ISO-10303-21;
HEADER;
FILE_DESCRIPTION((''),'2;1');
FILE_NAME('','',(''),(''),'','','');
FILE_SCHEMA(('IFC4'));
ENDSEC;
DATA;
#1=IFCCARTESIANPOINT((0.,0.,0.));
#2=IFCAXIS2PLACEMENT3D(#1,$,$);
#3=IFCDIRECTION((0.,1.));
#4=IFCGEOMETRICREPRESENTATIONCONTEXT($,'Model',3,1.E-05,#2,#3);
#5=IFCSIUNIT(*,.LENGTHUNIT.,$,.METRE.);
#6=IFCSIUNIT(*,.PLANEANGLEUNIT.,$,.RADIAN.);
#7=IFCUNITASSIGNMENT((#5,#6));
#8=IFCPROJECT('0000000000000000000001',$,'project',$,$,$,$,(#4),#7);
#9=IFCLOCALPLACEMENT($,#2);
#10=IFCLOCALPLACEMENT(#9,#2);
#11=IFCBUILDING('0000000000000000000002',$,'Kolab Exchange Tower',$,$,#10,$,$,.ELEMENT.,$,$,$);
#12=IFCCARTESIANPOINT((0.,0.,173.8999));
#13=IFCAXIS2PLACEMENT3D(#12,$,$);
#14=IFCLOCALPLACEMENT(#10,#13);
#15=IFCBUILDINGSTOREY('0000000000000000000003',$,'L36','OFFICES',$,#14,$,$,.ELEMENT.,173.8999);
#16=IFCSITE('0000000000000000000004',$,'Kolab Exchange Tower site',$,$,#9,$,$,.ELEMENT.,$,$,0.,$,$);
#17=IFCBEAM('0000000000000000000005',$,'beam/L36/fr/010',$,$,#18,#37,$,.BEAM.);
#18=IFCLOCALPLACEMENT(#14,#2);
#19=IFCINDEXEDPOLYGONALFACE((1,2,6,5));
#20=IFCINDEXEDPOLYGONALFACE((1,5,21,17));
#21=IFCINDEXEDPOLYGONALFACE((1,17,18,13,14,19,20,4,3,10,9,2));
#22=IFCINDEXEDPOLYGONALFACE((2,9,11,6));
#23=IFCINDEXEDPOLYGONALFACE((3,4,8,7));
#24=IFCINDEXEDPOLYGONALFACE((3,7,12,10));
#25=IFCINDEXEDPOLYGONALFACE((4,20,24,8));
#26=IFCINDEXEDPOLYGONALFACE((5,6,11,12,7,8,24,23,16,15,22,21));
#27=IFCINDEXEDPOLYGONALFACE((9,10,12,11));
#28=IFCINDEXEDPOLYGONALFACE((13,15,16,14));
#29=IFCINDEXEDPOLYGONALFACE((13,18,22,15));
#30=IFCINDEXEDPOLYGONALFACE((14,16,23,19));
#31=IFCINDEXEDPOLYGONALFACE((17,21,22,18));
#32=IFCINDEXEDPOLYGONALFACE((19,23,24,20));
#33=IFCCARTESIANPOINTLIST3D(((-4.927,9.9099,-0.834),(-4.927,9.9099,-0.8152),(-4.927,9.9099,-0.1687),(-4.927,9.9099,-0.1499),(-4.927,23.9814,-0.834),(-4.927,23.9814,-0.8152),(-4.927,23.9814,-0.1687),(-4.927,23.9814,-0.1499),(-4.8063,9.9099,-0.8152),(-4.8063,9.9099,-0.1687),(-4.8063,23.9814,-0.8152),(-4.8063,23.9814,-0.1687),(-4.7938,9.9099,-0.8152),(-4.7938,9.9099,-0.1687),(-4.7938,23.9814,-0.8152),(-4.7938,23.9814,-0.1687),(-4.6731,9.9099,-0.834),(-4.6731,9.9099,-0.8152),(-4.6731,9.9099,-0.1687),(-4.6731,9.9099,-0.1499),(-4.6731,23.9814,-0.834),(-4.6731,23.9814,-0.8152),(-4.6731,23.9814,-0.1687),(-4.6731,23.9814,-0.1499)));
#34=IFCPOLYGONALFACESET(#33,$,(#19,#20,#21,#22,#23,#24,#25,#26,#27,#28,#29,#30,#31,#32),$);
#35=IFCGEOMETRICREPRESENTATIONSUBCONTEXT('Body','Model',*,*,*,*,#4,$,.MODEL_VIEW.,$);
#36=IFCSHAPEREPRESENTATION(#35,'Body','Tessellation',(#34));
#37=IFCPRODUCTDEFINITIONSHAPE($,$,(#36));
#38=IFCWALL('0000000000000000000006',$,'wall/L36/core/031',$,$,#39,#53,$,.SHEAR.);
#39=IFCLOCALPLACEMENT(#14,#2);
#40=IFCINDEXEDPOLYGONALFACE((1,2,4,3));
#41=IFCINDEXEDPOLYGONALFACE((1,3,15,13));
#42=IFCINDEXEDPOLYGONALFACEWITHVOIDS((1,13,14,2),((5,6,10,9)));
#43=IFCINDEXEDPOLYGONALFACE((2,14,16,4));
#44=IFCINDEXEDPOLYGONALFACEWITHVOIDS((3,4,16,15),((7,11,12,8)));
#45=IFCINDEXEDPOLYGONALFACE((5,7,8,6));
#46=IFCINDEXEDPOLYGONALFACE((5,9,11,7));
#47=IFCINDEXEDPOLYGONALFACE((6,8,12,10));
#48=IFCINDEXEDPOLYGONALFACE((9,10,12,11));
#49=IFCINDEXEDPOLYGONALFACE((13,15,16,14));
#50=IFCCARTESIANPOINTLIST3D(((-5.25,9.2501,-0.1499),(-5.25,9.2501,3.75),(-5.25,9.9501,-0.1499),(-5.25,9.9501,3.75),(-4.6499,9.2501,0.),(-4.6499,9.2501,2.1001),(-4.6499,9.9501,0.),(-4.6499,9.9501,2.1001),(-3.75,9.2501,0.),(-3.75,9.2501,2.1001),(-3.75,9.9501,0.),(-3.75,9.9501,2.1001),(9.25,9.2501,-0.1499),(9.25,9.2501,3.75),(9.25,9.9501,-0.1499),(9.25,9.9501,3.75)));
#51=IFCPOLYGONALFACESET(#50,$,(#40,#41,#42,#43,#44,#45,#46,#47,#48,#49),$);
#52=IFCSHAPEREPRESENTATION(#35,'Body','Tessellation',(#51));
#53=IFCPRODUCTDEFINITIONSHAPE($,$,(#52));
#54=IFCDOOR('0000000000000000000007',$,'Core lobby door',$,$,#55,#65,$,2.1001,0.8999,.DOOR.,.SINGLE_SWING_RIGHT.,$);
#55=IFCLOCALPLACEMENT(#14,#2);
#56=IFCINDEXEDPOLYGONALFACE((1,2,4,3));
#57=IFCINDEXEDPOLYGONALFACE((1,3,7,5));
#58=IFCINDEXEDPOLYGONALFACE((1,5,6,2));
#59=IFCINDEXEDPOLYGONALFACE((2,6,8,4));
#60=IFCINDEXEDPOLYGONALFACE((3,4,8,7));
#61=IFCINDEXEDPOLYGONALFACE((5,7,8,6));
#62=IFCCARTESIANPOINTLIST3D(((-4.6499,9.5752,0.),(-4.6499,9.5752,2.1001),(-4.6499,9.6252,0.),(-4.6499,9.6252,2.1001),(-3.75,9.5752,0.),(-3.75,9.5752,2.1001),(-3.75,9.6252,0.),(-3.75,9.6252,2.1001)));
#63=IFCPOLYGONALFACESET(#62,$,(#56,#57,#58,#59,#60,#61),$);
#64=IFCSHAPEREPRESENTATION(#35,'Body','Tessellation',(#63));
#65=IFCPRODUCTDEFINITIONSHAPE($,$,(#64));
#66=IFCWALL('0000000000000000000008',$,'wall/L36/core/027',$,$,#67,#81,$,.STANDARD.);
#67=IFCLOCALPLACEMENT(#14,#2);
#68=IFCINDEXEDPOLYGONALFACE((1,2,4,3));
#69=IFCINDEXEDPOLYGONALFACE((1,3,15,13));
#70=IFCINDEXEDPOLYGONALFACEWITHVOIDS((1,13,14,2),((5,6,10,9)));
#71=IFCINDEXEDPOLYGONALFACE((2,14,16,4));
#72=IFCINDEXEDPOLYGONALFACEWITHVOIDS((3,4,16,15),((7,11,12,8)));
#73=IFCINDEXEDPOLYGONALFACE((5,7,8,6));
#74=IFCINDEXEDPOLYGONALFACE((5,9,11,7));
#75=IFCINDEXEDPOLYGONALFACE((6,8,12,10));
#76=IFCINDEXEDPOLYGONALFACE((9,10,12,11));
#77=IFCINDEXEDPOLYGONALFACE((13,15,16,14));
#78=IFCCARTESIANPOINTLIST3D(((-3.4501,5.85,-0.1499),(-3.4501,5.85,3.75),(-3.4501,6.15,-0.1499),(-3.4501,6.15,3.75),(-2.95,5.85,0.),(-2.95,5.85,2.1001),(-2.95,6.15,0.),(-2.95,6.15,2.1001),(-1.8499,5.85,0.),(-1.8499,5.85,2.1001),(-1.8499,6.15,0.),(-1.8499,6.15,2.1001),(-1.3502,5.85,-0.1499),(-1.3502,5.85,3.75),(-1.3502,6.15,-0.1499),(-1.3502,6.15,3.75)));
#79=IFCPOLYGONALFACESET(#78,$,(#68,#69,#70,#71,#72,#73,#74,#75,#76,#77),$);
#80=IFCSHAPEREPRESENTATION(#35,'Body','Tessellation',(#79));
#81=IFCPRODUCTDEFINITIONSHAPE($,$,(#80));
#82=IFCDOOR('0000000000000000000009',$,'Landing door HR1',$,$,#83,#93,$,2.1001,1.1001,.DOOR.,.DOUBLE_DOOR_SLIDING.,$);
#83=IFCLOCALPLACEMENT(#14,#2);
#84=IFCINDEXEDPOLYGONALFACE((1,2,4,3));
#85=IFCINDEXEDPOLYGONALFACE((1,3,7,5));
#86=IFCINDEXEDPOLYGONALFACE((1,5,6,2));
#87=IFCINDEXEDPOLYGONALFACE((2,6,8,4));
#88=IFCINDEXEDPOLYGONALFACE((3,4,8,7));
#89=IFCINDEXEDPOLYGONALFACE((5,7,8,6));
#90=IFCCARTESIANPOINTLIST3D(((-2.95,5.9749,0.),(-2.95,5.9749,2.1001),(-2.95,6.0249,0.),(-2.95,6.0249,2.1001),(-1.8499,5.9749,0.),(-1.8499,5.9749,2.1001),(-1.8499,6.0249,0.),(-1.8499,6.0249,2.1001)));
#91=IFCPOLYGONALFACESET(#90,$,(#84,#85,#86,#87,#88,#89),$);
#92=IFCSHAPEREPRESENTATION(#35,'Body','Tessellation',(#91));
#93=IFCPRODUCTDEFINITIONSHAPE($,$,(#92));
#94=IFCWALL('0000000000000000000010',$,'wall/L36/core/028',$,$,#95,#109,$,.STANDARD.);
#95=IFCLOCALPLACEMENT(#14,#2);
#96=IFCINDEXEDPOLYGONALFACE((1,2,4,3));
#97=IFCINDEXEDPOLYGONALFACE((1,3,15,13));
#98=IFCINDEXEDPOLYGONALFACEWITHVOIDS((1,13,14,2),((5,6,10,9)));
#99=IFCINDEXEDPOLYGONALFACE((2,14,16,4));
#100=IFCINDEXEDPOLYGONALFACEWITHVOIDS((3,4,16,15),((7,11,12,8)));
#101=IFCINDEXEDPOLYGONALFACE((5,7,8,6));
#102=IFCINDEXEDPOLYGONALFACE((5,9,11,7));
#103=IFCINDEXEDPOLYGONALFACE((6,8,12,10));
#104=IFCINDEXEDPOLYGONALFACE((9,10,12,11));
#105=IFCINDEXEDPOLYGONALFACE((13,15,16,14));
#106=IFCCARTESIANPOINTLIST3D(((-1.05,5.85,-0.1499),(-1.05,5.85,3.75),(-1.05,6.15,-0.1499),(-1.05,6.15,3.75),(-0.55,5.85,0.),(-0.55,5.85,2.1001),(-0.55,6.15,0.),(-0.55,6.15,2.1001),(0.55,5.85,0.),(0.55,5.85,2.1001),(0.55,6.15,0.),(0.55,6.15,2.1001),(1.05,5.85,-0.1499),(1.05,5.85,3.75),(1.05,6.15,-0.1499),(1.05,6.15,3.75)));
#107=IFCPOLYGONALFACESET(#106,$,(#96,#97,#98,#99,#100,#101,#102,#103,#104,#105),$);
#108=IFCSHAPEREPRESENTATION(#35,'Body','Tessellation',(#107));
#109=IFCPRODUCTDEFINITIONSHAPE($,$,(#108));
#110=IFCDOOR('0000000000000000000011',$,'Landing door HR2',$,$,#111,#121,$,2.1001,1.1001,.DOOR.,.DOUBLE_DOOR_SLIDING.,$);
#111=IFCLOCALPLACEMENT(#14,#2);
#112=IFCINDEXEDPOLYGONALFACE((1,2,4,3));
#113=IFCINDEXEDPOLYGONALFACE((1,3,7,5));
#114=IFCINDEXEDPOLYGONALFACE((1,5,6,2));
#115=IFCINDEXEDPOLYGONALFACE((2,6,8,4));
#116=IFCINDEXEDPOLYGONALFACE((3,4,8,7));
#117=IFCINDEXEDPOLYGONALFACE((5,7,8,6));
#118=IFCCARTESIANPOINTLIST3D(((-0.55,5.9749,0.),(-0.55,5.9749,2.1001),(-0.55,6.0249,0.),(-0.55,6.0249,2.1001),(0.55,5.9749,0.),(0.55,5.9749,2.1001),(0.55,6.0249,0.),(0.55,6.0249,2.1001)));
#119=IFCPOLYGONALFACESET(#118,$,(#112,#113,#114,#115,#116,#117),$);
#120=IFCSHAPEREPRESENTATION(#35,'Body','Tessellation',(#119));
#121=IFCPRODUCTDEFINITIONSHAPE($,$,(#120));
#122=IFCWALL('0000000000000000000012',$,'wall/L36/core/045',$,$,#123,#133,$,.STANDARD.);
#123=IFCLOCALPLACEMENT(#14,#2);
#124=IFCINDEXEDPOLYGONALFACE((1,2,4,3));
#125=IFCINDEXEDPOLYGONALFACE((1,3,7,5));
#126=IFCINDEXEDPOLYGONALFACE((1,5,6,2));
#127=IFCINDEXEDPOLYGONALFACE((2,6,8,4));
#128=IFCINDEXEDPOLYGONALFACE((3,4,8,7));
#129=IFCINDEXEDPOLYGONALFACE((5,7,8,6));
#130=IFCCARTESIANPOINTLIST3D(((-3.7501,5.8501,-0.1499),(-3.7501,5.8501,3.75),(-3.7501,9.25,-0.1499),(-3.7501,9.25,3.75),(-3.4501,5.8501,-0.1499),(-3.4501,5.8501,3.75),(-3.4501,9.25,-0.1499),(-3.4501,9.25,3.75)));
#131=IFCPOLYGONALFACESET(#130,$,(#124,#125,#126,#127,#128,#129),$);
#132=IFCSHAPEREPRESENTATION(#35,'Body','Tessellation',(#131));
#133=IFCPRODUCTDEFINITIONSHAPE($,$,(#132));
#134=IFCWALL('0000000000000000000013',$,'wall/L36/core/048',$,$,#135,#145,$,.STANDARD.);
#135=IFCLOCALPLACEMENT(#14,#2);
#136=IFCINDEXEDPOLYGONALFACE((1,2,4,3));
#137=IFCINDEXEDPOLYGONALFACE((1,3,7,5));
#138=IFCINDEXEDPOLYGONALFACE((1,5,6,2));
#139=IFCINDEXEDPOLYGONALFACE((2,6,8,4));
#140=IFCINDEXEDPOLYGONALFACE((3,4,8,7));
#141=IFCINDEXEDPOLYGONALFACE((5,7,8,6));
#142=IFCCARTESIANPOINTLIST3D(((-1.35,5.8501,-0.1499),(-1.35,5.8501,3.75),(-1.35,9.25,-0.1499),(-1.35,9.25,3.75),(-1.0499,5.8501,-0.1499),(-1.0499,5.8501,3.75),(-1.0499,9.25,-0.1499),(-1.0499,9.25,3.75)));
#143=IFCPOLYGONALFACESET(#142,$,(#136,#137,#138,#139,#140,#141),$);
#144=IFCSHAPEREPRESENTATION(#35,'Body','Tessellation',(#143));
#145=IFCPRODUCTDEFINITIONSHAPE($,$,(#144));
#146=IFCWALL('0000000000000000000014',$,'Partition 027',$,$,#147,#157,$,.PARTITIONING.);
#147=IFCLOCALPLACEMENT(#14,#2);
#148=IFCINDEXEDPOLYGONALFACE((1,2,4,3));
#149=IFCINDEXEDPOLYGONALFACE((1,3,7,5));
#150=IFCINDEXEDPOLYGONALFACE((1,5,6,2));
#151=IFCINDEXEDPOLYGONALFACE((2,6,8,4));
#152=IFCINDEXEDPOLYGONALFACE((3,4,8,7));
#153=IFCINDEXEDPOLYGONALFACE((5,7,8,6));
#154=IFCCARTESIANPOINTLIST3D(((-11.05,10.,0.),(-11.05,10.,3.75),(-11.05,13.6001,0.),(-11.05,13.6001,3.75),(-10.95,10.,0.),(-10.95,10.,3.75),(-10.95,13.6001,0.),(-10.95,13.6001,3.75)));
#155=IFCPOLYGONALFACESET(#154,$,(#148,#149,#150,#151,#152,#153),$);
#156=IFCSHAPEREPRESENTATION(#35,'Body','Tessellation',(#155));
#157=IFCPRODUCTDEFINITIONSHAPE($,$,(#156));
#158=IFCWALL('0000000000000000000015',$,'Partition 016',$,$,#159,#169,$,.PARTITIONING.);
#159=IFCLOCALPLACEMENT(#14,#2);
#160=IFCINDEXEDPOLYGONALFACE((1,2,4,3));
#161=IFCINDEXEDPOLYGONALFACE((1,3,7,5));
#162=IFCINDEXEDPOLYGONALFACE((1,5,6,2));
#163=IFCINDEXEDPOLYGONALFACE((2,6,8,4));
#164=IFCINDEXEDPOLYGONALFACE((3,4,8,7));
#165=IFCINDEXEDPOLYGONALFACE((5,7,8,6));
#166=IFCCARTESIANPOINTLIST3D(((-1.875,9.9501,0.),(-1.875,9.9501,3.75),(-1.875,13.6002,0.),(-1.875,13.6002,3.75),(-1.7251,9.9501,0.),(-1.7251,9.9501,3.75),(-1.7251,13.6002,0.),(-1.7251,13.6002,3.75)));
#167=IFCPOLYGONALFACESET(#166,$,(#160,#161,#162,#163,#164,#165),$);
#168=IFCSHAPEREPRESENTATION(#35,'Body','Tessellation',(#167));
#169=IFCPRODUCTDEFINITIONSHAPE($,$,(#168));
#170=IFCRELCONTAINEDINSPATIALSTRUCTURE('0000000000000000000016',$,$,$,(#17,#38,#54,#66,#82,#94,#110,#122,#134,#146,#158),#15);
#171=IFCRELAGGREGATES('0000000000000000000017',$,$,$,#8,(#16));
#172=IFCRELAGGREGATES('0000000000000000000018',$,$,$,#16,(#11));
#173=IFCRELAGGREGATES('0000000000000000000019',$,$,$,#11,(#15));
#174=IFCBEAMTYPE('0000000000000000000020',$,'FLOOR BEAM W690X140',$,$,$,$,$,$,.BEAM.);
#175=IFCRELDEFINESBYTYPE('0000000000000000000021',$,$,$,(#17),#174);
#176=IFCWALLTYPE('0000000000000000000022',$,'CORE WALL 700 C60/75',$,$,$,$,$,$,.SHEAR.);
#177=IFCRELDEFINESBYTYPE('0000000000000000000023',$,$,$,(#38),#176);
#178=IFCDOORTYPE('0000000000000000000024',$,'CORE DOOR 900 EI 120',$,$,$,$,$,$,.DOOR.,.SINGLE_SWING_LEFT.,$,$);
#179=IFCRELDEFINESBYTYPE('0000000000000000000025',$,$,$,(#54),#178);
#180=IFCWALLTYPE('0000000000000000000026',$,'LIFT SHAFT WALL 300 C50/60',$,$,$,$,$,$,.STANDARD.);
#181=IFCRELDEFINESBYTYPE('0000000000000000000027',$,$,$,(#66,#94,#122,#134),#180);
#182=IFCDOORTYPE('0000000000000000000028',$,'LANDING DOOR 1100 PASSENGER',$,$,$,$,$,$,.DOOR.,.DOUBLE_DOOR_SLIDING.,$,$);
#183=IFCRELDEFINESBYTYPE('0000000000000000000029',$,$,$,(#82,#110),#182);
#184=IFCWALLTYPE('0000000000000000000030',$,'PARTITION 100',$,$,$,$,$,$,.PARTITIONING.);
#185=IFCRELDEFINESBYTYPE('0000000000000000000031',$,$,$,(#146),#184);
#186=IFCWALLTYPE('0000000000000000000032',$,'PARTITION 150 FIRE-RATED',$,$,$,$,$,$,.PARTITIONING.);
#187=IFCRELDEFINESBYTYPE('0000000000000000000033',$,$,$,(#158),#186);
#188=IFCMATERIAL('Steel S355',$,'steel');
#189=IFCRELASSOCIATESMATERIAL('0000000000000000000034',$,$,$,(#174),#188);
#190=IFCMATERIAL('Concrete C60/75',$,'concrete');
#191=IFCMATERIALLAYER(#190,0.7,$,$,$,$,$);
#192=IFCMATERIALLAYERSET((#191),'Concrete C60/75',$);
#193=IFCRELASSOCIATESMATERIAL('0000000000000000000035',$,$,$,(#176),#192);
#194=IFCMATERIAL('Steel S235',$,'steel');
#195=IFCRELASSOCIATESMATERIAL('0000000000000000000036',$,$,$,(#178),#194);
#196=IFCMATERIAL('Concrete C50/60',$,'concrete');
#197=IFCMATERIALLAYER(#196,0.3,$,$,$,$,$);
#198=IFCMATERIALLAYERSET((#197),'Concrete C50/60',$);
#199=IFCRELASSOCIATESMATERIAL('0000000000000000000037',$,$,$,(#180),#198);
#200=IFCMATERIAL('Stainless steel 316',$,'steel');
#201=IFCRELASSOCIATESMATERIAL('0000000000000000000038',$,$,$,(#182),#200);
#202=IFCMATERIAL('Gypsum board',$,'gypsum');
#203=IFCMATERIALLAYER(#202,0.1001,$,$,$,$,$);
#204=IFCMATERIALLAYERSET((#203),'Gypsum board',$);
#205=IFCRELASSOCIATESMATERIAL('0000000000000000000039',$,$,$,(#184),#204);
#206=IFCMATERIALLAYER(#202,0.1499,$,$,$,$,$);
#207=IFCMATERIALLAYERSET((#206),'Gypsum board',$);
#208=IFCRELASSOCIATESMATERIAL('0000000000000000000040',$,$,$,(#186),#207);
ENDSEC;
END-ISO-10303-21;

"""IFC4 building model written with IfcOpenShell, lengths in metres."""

from ifc_helpers import new_model, si_unit, direction, frame, frame_2d, origin, origin_2d, place, context, subcontext, project, spatial, rectangle, i_section, extrude, material, layer, layer_set, material_profile, profile_set, type_object, element, fill, save


model = new_model("IFC4")

# Units and contexts
model_context = context("Model", 3, precision=1e-05, world=origin(), true_north=direction((0.0, 1.0)))
body_context = subcontext(model_context, "Body", "Model", "MODEL_VIEW")
ifc_project = project(units=[si_unit("LENGTHUNIT", "METRE"), si_unit("PLANEANGLEUNIT", "RADIAN")], contexts=[model_context])

# Site, building, storey
site_placement = place(None, origin())
site = spatial("IfcSite", under=ifc_project, at=site_placement, Name="Kolab Exchange Tower site", CompositionType="ELEMENT", RefElevation=0.0)
building_placement = place(site_placement, origin())
building = spatial("IfcBuilding", under=site, at=building_placement, Name="Kolab Exchange Tower", CompositionType="ELEMENT")
storey_placement = place(building_placement, frame((0.0, 0.0, 173.8999)))
storey = spatial("IfcBuildingStorey", under=building, at=storey_placement, Name="L36", Description="OFFICES", CompositionType="ELEMENT", Elevation=173.8999)

# Beam
ifc_material_1 = material(Name="Steel S355", Category="steel")
ifc_material_profile = material_profile(ifc_material_1, i_section(OverallWidth=0.2539, OverallDepth=0.6841, WebThickness=0.0125, FlangeThickness=0.0188, at=origin_2d()), Name="W690X140")
ifc_profile_set = profile_set([ifc_material_profile], Name="Steel S355")
beam_type = type_object("IfcBeamType", Name="FLOOR BEAM W690X140", PredefinedType="BEAM", material=ifc_profile_set)
beam_placement = place(storey_placement, frame((-4.8, 9.9099, -0.4919), z_axis=(0.0, 1.0, 0.0), x_axis=(-1.0, 0.0, 0.0)))
element("IfcBeam", 1, at=beam_placement, inside=storey, type_object=beam_type, Name="beam/L36/fr/010", PredefinedType="BEAM", context=body_context, shape_type="SweptSolid", body=[
    extrude(i_section(OverallWidth=0.2539, OverallDepth=0.6841, WebThickness=0.0125, FlangeThickness=0.0188, at=origin_2d()), origin(), (0.0, 0.0, 1.0), 14.0715),
])

# Walls, openings, doors
ifc_material_2 = material(Name="Concrete C60/75", Category="concrete")
ifc_layer_1 = layer(ifc_material_2, 0.7)
ifc_layer_set_1 = layer_set([ifc_layer_1], Name="Concrete C60/75")
wall_type_1 = type_object("IfcWallType", Name="CORE WALL 700 C60/75", PredefinedType="SHEAR", material=ifc_layer_set_1)
wall_1_placement = place(storey_placement, frame((-5.25, 9.6001, -0.1499), z_axis=(0.0, 0.0, 1.0), x_axis=(1.0, 0.0, 0.0)))
wall_1 = element("IfcWall", 2, at=wall_1_placement, inside=storey, type_object=wall_type_1, Name="wall/L36/core/031", PredefinedType="SHEAR", context=body_context, shape_type="SweptSolid", body=[
    extrude(rectangle(XDim=14.5, YDim=0.7, at=frame_2d((7.25, 0.0))), origin(), (0.0, 0.0, 1.0), 3.8999),
])
opening_1_placement = place(wall_1_placement, frame((0.6001, 0.0, 0.1499)))
opening_1 = element("IfcOpeningElement", 3, at=opening_1_placement, cuts=wall_1, PredefinedType="OPENING", context=body_context, shape_type="SweptSolid", body=[
    extrude(rectangle(XDim=0.8999, YDim=2.1001, at=frame_2d((0.45, 1.05))), frame((0.0, 0.3599, 0.0), z_axis=(0.0, -1.0, 0.0), x_axis=(1.0, 0.0, 0.0)), (0.0, 0.0, 1.0), 0.72),
])
ifc_material_3 = material(Name="Steel S235", Category="steel")
door_type_1 = type_object("IfcDoorType", Name="CORE DOOR 900 EI 120", OperationType="SINGLE_SWING_LEFT", PredefinedType="DOOR", material=ifc_material_3)
door_1_placement = place(opening_1_placement, frame((0.8999, 0.0, 0.0), z_axis=(0.0, 0.0, 1.0), x_axis=(-1.0, 0.0, 0.0)))
door_1 = element("IfcDoor", 4, at=door_1_placement, inside=storey, type_object=door_type_1, Name="Core lobby door", OperationType="SINGLE_SWING_RIGHT", OverallHeight=2.1001, OverallWidth=0.8999, PredefinedType="DOOR", context=body_context, shape_type="SweptSolid", body=[
    extrude(rectangle(XDim=0.8999, YDim=2.1001, at=frame_2d((0.45, 1.05))), frame((0.0, 0.0249, 0.0), z_axis=(0.0, -1.0, 0.0), x_axis=(1.0, 0.0, 0.0)), (0.0, 0.0, 1.0), 0.05),
])
fill(opening_1, door_1)
ifc_material_4 = material(Name="Concrete C50/60", Category="concrete")
ifc_layer_2 = layer(ifc_material_4, 0.3)
ifc_layer_set_2 = layer_set([ifc_layer_2], Name="Concrete C50/60")
wall_type_2 = type_object("IfcWallType", Name="LIFT SHAFT WALL 300 C50/60", PredefinedType="STANDARD", material=ifc_layer_set_2)
wall_2_placement = place(storey_placement, frame((-3.45, 6.0, -0.1499), z_axis=(0.0, 0.0, 1.0), x_axis=(1.0, 0.0, 0.0)))
wall_2 = element("IfcWall", 5, at=wall_2_placement, inside=storey, type_object=wall_type_2, Name="wall/L36/core/027", PredefinedType="STANDARD", context=body_context, shape_type="SweptSolid", body=[
    extrude(rectangle(XDim=2.0999, YDim=0.3, at=frame_2d((1.0498, 0.0))), origin(), (0.0, 0.0, 1.0), 3.8999),
])
opening_2_placement = place(wall_2_placement, frame((0.5, 0.0, 0.1499)))
opening_2 = element("IfcOpeningElement", 6, at=opening_2_placement, cuts=wall_2, PredefinedType="OPENING", context=body_context, shape_type="SweptSolid", body=[
    extrude(rectangle(XDim=1.1001, YDim=2.1001, at=frame_2d((0.55, 1.05))), frame((0.0, 0.1602, 0.0), z_axis=(0.0, -1.0, 0.0), x_axis=(1.0, 0.0, 0.0)), (0.0, 0.0, 1.0), 0.3201),
])
ifc_material_5 = material(Name="Stainless steel 316", Category="steel")
door_type_2 = type_object("IfcDoorType", Name="LANDING DOOR 1100 PASSENGER", OperationType="DOUBLE_DOOR_SLIDING", PredefinedType="DOOR", material=ifc_material_5)
door_2_placement = place(opening_2_placement, origin())
door_2 = element("IfcDoor", 7, at=door_2_placement, inside=storey, type_object=door_type_2, Name="Landing door HR1", OperationType="DOUBLE_DOOR_SLIDING", OverallHeight=2.1001, OverallWidth=1.1001, PredefinedType="DOOR", context=body_context, shape_type="SweptSolid", body=[
    extrude(rectangle(XDim=1.1001, YDim=2.1001, at=frame_2d((0.55, 1.05))), frame((0.0, 0.0249, 0.0), z_axis=(0.0, -1.0, 0.0), x_axis=(1.0, 0.0, 0.0)), (0.0, 0.0, 1.0), 0.05),
])
fill(opening_2, door_2)
wall_3_placement = place(storey_placement, frame((-1.05, 6.0, -0.1499), z_axis=(0.0, 0.0, 1.0), x_axis=(1.0, 0.0, 0.0)))
wall_3 = element("IfcWall", 8, at=wall_3_placement, inside=storey, type_object=wall_type_2, Name="wall/L36/core/028", PredefinedType="STANDARD", context=body_context, shape_type="SweptSolid", body=[
    extrude(rectangle(XDim=2.1001, YDim=0.3, at=frame_2d((1.05, 0.0))), origin(), (0.0, 0.0, 1.0), 3.8999),
])
opening_3_placement = place(wall_3_placement, frame((0.5, 0.0, 0.1499)))
opening_3 = element("IfcOpeningElement", 9, at=opening_3_placement, cuts=wall_3, PredefinedType="OPENING", context=body_context, shape_type="SweptSolid", body=[
    extrude(rectangle(XDim=1.1001, YDim=2.1001, at=frame_2d((0.55, 1.05))), frame((0.0, 0.1602, 0.0), z_axis=(0.0, -1.0, 0.0), x_axis=(1.0, 0.0, 0.0)), (0.0, 0.0, 1.0), 0.3201),
])
door_3_placement = place(opening_3_placement, origin())
door_3 = element("IfcDoor", 10, at=door_3_placement, inside=storey, type_object=door_type_2, Name="Landing door HR2", OperationType="DOUBLE_DOOR_SLIDING", OverallHeight=2.1001, OverallWidth=1.1001, PredefinedType="DOOR", context=body_context, shape_type="SweptSolid", body=[
    extrude(rectangle(XDim=1.1001, YDim=2.1001, at=frame_2d((0.55, 1.05))), frame((0.0, 0.0249, 0.0), z_axis=(0.0, -1.0, 0.0), x_axis=(1.0, 0.0, 0.0)), (0.0, 0.0, 1.0), 0.05),
])
fill(opening_3, door_3)

# Walls
for number, where, z_axis, x_axis, name in (
    (11, (-3.6001, 5.8501, -0.1499), (0.0, 0.0, 1.0), (0.0, 1.0, 0.0), "wall/L36/core/045"),
    (12, (-1.2, 5.8501, -0.1499), (0.0, 0.0, 1.0), (0.0, 1.0, 0.0), "wall/L36/core/048"),
):
    element("IfcWall", number, at=place(storey_placement, frame(where, z_axis=z_axis, x_axis=x_axis)), inside=storey, type_object=wall_type_2, Name=name, PredefinedType="STANDARD", context=body_context, shape_type="SweptSolid", body=[
        extrude(rectangle(XDim=3.3999, YDim=0.3, at=frame_2d((1.7, 0.0))), origin(), (0.0, 0.0, 1.0), 3.8999),
    ])
ifc_material_6 = material(Name="Gypsum board", Category="gypsum")
ifc_layer_3 = layer(ifc_material_6, 0.1001)
ifc_layer_set_3 = layer_set([ifc_layer_3], Name="Gypsum board")
wall_type_3 = type_object("IfcWallType", Name="PARTITION 100", PredefinedType="PARTITIONING", material=ifc_layer_set_3)
wall_4_placement = place(storey_placement, frame((-11.0, 10.0, 0.0), z_axis=(0.0, 0.0, 1.0), x_axis=(0.0, 1.0, 0.0)))
element("IfcWall", 13, at=wall_4_placement, inside=storey, type_object=wall_type_3, Name="Partition 027", PredefinedType="PARTITIONING", context=body_context, shape_type="SweptSolid", body=[
    extrude(rectangle(XDim=3.6001, YDim=0.1001, at=frame_2d((1.8, 0.0))), origin(), (0.0, 0.0, 1.0), 3.75),
])
ifc_layer_4 = layer(ifc_material_6, 0.1499)
ifc_layer_set_4 = layer_set([ifc_layer_4], Name="Gypsum board")
wall_type_4 = type_object("IfcWallType", Name="PARTITION 150 FIRE-RATED", PredefinedType="PARTITIONING", material=ifc_layer_set_4)
wall_5_placement = place(storey_placement, frame((-1.8, 9.95, 0.0), z_axis=(0.0, 0.0, 1.0), x_axis=(0.0, 1.0, 0.0)))
element("IfcWall", 14, at=wall_5_placement, inside=storey, type_object=wall_type_4, Name="Partition 016", PredefinedType="PARTITIONING", context=body_context, shape_type="SweptSolid", body=[
    extrude(rectangle(XDim=3.6501, YDim=0.1499, at=frame_2d((1.8252, 0.0))), origin(), (0.0, 0.0, 1.0), 3.75),
])

save(model, "model.ifc")
